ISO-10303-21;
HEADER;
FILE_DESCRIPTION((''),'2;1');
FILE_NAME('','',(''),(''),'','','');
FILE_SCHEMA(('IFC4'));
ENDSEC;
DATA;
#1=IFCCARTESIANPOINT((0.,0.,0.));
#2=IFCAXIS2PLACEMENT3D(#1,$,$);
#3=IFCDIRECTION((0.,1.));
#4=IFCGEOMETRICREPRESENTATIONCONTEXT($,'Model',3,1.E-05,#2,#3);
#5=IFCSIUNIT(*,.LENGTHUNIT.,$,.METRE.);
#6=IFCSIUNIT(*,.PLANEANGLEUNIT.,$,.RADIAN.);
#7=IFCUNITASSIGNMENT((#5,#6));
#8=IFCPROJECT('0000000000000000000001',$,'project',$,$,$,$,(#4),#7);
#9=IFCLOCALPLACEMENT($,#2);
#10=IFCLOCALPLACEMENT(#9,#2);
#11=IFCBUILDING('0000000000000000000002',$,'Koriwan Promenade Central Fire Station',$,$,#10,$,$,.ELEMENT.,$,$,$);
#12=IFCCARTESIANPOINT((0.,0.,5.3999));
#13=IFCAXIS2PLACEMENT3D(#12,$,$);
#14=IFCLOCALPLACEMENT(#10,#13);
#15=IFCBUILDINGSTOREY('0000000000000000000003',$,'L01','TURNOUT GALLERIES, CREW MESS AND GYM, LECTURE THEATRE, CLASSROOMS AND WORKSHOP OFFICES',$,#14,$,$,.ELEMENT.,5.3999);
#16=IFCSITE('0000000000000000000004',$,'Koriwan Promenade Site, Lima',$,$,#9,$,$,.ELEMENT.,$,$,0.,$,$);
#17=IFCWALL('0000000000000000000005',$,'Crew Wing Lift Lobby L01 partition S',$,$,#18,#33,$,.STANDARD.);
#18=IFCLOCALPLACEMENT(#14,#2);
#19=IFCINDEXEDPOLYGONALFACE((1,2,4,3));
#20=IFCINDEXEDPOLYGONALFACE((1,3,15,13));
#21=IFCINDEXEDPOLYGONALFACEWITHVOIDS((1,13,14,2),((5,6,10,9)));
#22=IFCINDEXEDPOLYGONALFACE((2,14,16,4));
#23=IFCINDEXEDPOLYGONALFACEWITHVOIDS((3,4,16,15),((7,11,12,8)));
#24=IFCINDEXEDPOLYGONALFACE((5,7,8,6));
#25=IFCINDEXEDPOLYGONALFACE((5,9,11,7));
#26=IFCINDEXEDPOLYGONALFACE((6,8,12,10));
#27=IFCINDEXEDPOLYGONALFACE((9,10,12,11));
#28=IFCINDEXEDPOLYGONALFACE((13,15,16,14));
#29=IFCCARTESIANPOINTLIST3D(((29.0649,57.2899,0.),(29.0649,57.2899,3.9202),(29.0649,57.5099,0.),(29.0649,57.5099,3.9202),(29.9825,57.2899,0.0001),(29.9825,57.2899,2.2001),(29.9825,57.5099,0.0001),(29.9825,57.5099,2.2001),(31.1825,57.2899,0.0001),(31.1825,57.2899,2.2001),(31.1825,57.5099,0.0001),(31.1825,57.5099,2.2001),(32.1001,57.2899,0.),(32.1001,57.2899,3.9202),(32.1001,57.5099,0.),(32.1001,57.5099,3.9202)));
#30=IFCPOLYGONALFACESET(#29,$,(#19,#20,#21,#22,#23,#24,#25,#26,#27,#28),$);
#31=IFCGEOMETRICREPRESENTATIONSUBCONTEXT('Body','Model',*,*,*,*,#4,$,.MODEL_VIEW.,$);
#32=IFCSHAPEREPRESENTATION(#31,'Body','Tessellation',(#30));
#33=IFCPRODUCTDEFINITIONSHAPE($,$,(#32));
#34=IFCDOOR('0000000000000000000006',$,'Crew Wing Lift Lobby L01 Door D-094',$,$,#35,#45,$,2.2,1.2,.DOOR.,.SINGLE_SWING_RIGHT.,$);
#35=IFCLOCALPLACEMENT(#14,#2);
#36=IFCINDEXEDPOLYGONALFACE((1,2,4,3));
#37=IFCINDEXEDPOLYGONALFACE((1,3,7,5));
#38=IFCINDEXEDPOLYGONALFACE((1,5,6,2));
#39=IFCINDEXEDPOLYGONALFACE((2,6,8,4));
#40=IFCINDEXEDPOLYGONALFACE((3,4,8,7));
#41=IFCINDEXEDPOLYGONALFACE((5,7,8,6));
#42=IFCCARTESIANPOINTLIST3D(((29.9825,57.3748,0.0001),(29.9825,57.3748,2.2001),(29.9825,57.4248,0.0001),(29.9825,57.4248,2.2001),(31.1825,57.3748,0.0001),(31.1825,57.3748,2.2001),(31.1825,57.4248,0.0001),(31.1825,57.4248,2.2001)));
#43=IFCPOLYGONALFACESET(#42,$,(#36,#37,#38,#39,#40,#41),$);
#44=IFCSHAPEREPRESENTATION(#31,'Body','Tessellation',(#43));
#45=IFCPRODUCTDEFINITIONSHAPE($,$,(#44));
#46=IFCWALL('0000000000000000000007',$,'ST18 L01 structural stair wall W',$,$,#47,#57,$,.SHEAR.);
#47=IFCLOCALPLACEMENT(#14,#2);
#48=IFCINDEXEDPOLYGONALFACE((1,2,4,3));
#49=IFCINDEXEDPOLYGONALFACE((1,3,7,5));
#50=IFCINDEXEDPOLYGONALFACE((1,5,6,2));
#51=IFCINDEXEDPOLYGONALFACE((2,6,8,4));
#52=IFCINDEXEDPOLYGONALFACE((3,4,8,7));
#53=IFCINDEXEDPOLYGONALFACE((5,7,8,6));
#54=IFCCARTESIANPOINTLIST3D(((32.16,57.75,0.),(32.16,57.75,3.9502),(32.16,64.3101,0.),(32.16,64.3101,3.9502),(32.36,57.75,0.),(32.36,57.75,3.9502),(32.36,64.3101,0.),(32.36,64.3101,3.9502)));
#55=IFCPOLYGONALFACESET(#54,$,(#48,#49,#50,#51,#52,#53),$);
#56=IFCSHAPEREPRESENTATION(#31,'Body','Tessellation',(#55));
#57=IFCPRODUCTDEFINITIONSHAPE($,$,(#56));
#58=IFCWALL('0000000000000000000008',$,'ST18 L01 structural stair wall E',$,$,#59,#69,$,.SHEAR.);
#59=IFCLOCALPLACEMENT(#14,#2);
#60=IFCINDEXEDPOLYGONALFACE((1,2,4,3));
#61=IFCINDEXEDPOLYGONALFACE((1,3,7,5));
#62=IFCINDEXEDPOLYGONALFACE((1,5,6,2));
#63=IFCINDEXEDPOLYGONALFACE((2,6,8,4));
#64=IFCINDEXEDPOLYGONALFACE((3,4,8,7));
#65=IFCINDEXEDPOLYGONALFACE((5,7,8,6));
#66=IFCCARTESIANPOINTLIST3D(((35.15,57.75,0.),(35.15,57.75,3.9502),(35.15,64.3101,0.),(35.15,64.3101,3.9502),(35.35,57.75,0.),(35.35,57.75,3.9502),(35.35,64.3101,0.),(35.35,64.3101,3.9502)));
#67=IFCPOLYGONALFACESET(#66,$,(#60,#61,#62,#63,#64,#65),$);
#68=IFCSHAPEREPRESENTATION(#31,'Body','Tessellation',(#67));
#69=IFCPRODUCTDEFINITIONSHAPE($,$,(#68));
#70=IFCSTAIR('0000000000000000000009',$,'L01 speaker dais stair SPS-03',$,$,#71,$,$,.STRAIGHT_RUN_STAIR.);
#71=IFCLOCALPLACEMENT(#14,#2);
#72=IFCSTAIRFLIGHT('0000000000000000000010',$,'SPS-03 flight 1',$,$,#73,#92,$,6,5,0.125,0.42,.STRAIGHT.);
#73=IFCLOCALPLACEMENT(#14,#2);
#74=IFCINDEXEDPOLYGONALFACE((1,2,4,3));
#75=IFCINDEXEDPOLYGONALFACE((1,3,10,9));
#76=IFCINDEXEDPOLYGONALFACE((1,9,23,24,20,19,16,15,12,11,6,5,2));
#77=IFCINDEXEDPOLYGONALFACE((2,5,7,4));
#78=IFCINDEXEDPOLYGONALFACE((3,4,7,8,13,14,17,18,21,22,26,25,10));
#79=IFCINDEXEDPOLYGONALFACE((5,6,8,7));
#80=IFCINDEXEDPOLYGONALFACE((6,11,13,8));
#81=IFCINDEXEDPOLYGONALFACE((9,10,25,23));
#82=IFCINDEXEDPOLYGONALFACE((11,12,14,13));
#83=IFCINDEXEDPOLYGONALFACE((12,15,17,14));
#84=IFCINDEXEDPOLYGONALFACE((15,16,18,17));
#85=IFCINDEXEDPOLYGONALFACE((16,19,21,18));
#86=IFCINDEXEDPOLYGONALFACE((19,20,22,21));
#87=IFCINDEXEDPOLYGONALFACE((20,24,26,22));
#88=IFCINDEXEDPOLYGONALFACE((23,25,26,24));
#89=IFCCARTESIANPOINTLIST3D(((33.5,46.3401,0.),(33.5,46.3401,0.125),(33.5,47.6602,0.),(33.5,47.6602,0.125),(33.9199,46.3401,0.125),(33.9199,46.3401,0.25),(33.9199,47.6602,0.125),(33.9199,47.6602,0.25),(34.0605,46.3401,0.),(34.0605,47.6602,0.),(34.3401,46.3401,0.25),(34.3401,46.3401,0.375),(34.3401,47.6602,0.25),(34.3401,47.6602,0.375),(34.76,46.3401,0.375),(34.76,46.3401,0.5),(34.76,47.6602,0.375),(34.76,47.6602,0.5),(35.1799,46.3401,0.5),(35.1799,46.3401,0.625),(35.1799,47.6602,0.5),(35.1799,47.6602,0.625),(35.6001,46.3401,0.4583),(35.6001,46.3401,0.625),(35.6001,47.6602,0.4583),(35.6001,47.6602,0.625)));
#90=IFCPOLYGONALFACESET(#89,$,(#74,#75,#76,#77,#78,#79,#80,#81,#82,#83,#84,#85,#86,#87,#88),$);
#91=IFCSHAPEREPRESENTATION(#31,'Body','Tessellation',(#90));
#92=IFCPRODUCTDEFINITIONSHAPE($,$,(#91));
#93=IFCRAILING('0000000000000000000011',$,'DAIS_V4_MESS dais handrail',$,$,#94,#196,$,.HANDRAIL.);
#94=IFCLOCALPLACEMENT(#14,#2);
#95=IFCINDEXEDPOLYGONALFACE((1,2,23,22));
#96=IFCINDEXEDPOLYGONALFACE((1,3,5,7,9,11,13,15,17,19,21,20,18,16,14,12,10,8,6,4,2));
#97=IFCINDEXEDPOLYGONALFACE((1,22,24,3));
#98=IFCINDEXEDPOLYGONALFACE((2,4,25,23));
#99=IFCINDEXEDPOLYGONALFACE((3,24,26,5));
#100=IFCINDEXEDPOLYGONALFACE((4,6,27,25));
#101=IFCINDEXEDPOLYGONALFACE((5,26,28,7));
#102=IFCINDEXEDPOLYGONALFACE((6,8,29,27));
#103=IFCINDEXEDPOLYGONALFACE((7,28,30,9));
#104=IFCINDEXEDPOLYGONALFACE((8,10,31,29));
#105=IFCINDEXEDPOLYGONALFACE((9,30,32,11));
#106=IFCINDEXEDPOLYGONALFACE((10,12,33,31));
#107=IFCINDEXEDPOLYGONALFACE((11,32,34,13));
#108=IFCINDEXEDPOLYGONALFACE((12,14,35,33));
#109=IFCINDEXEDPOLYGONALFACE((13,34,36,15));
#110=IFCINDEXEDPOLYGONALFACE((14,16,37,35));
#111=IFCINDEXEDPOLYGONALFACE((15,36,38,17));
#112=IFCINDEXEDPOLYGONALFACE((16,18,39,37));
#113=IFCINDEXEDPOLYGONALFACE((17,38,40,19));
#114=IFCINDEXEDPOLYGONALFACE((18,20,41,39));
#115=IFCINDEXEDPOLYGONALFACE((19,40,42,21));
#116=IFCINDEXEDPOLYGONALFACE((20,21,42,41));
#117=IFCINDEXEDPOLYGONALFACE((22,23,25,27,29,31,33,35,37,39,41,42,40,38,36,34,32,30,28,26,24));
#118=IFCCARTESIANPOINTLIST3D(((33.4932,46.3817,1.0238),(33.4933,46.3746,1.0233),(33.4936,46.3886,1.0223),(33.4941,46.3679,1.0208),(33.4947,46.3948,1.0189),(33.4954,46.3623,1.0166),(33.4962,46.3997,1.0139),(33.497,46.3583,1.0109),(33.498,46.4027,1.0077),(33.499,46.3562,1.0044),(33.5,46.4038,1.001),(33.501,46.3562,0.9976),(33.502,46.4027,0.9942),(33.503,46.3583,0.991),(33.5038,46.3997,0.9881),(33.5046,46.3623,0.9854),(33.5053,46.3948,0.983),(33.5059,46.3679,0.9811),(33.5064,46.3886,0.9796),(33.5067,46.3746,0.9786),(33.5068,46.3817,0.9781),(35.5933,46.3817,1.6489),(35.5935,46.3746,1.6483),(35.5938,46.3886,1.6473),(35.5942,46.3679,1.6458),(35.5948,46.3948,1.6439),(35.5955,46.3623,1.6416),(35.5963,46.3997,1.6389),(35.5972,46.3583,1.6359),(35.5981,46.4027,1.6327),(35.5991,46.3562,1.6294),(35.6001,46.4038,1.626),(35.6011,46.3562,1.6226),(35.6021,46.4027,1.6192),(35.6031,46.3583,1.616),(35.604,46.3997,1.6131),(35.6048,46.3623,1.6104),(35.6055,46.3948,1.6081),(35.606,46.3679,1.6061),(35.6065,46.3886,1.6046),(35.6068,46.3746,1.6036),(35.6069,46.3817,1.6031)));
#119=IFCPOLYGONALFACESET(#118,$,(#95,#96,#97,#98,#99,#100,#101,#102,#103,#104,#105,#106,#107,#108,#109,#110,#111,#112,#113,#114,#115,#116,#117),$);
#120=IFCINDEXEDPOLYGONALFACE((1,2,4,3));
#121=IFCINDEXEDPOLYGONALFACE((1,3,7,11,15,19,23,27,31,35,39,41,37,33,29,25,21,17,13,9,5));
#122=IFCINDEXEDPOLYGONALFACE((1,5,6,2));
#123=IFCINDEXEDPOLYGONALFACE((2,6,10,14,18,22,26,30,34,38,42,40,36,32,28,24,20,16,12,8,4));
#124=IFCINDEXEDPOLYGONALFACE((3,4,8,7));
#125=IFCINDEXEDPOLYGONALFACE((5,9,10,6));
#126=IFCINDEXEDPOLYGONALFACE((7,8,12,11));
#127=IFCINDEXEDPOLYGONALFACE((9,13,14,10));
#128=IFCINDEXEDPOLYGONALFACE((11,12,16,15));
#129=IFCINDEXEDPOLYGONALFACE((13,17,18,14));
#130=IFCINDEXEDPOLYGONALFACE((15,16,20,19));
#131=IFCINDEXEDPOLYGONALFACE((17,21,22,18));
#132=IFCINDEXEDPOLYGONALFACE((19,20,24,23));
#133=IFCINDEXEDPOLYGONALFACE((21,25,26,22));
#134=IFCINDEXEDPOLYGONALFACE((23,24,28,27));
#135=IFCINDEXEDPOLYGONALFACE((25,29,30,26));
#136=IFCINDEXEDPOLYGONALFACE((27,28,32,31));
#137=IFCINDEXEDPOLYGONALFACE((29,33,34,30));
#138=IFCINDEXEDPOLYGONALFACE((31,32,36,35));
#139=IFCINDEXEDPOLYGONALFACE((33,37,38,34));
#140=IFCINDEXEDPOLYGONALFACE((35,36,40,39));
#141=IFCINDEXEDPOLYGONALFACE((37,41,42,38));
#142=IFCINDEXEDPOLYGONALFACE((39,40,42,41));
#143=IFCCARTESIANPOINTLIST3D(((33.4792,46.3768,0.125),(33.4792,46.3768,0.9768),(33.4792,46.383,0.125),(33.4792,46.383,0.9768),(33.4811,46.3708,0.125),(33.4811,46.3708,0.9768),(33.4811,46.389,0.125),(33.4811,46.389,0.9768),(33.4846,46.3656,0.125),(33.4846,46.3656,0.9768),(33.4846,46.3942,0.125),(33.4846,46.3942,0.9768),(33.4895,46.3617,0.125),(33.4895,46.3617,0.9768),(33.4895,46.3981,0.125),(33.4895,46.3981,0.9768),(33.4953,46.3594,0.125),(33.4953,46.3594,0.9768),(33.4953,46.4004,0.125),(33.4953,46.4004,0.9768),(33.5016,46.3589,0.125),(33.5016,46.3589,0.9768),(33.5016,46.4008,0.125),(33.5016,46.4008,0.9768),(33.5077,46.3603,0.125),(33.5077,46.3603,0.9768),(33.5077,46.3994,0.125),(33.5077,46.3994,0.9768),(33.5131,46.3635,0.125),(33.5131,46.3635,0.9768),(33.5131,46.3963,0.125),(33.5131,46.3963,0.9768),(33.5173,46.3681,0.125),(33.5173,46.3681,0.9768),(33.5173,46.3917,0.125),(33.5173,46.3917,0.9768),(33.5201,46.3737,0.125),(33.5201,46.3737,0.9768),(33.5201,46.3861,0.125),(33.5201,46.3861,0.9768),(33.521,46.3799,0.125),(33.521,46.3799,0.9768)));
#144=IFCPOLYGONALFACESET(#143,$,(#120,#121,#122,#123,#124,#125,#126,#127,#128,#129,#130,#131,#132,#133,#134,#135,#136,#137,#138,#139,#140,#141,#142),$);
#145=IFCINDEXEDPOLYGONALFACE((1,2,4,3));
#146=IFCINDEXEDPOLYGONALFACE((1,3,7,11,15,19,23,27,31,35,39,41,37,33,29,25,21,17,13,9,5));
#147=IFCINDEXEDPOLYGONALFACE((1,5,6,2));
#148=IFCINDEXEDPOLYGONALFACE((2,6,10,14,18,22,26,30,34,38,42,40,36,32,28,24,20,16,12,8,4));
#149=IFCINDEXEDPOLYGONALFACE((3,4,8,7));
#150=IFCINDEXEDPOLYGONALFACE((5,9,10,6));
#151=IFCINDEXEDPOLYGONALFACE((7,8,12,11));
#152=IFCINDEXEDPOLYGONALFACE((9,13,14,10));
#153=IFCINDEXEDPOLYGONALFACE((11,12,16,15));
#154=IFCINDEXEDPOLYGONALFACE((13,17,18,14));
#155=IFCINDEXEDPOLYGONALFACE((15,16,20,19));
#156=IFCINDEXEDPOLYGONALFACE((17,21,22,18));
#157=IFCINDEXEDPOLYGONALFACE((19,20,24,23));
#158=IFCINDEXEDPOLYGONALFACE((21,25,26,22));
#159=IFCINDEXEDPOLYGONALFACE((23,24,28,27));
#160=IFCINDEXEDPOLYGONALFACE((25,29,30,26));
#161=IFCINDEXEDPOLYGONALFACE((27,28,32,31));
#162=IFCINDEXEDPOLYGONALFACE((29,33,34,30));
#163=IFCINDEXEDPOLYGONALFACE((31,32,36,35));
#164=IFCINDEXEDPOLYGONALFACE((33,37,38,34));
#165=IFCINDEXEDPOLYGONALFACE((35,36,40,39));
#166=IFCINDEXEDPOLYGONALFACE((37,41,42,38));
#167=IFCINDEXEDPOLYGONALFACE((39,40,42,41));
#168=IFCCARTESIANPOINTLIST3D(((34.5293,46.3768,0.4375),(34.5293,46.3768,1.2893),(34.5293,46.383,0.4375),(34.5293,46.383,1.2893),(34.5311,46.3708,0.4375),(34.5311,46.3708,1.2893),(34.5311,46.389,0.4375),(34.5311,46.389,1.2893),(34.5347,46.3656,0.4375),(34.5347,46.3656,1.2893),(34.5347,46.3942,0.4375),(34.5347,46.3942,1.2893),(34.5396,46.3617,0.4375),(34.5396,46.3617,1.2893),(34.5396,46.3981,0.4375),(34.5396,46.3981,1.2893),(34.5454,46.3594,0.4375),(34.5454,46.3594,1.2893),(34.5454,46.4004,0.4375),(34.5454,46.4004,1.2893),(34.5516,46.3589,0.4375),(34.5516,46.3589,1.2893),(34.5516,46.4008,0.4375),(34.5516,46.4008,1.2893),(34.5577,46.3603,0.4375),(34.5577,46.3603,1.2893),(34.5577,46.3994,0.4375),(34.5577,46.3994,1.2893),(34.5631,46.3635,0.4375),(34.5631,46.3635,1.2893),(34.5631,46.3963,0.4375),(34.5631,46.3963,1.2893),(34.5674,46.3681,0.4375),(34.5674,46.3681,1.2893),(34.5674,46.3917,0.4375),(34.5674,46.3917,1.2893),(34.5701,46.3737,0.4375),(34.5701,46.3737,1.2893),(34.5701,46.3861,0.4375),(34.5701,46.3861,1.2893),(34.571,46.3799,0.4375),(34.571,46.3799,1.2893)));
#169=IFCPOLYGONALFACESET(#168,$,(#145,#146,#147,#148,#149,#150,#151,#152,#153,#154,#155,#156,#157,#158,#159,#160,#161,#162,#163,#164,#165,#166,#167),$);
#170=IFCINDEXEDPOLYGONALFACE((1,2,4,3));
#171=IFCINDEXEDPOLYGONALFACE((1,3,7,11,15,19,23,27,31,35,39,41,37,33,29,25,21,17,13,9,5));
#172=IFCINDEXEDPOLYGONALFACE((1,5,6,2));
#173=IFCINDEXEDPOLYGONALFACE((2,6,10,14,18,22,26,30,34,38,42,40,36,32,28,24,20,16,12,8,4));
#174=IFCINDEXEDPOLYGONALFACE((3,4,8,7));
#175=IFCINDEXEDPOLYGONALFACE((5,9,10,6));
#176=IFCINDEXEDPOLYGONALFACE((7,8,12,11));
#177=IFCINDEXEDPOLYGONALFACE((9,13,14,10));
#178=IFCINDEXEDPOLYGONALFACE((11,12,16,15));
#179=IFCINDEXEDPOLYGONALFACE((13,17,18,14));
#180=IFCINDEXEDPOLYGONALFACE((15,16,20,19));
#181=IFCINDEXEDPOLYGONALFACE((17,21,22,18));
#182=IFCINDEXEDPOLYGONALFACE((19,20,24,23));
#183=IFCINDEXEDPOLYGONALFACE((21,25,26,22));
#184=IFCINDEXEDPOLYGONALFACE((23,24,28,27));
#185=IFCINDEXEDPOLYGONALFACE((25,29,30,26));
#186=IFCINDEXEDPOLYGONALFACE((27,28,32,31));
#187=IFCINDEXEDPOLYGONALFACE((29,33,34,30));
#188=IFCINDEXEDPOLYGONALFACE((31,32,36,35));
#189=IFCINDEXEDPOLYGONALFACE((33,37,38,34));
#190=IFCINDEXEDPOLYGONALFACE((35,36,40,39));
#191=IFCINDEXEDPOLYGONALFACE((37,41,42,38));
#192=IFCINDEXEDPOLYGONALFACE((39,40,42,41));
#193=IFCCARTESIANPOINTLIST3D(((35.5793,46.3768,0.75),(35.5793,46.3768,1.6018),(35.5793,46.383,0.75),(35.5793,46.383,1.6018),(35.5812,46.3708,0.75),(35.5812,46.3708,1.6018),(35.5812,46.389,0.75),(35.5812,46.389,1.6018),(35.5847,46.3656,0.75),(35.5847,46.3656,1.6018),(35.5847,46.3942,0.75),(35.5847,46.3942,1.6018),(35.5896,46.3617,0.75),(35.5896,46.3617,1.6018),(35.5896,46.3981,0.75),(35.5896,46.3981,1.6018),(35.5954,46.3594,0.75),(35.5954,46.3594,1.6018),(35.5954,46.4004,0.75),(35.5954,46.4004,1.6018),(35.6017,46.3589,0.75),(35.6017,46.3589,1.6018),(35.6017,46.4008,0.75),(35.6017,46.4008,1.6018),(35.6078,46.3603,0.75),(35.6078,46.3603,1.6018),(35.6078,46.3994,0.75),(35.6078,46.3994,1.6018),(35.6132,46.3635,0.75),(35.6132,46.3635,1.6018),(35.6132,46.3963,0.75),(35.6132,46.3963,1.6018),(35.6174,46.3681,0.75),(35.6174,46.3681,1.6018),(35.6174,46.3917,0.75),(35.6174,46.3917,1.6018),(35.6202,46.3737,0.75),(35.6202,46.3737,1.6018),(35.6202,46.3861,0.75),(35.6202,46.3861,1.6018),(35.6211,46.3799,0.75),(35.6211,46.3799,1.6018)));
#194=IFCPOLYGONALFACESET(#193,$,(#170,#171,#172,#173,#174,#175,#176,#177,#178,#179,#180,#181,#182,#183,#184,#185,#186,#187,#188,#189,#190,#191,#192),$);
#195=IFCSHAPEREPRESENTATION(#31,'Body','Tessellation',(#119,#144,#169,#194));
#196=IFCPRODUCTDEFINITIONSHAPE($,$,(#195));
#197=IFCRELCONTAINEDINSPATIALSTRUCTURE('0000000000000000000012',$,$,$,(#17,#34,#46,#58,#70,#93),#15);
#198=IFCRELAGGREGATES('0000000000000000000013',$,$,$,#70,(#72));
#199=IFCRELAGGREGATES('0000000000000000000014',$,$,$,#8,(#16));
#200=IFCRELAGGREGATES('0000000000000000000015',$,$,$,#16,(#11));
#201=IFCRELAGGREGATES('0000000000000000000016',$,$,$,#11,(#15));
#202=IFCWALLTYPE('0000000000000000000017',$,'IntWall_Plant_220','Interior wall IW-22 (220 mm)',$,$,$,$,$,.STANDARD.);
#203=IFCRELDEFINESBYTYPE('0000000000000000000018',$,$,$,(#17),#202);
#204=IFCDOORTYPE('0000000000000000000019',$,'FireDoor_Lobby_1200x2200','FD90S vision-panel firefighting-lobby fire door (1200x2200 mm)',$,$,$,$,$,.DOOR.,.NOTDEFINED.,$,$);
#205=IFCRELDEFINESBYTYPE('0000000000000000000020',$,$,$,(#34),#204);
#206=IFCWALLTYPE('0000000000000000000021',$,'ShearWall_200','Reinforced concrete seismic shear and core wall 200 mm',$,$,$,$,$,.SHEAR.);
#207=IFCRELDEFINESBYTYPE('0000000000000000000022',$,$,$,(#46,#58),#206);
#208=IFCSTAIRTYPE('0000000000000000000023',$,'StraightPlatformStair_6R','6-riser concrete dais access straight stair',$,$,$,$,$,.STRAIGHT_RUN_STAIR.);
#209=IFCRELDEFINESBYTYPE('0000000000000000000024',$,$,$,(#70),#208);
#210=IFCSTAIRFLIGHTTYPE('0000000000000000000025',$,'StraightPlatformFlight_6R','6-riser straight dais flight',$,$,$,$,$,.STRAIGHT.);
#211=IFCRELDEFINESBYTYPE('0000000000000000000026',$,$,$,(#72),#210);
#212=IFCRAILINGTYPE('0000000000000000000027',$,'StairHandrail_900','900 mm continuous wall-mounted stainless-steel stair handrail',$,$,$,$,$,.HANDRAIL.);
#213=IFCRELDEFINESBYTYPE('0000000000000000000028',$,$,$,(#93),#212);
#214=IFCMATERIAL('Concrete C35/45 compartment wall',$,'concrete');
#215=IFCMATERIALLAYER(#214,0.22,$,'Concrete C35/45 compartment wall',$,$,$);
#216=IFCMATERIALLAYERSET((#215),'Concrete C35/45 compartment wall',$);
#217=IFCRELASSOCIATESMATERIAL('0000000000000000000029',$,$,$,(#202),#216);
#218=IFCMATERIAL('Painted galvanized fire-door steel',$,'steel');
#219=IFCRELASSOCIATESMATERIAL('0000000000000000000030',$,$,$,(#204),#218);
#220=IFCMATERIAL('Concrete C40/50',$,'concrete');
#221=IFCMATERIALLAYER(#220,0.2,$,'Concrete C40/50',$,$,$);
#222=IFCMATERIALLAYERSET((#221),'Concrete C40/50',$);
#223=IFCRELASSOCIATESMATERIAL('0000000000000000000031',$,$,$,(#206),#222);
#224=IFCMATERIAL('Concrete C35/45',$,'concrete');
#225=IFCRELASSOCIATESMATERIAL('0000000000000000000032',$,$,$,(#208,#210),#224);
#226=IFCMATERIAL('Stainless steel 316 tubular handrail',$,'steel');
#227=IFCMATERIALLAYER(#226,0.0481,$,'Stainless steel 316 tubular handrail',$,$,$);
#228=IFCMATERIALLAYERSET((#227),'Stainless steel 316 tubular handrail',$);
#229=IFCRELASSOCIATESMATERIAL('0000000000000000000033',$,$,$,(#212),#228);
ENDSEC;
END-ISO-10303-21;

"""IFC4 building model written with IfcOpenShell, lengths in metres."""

from ifc_helpers import new_model, si_unit, direction, frame, frame_2d, origin, origin_2d, place, context, subcontext, project, spatial, polyline, rectangle, circle, outline, extrude, material, layer, layer_set, type_object, element, fill, aggregate, save


model = new_model("IFC4")

# Units and contexts
model_context = context("Model", 3, precision=1e-05, world=origin(), true_north=direction((0.0, 1.0)))
body_context = subcontext(model_context, "Body", "Model", "MODEL_VIEW")
ifc_project = project(units=[si_unit("LENGTHUNIT", "METRE"), si_unit("PLANEANGLEUNIT", "RADIAN")], contexts=[model_context])

# Site, building, storey
site_placement = place(None, origin())
site = spatial("IfcSite", under=ifc_project, at=site_placement, Name="Koriwan Promenade Site, Lima", CompositionType="ELEMENT", RefElevation=0.0)
building_placement = place(site_placement, origin())
building = spatial("IfcBuilding", under=site, at=building_placement, Name="Koriwan Promenade Central Fire Station", CompositionType="ELEMENT")
storey_placement = place(building_placement, frame((0.0, 0.0, 5.3999)))
storey = spatial("IfcBuildingStorey", under=building, at=storey_placement, Name="L01", Description="TURNOUT GALLERIES, CREW MESS AND GYM, LECTURE THEATRE, CLASSROOMS AND WORKSHOP OFFICES", CompositionType="ELEMENT", Elevation=5.3999)

# Shared definitions
ifc_material_1 = material(Name="Concrete C35/45", Category="concrete")

# Wall, opening, door
ifc_material_2 = material(Name="Concrete C35/45 compartment wall", Category="concrete")
ifc_layer_1 = layer(ifc_material_2, 0.22, Name="Concrete C35/45 compartment wall")
ifc_layer_set_1 = layer_set([ifc_layer_1], Name="Concrete C35/45 compartment wall")
wall_type_1 = type_object("IfcWallType", Name="IntWall_Plant_220", Description="Interior wall IW-22 (220 mm)", PredefinedType="STANDARD", material=ifc_layer_set_1)
wall_1_placement = place(storey_placement, frame((29.0649, 57.3999, 0.0), z_axis=(0.0, 0.0, 1.0), x_axis=(1.0, 0.0, 0.0)))
wall_1 = element("IfcWall", 1, at=wall_1_placement, inside=storey, type_object=wall_type_1, Name="Crew Wing Lift Lobby L01 partition S", PredefinedType="STANDARD", context=body_context, shape_type="SweptSolid", body=[
    extrude(rectangle(XDim=3.0352, YDim=0.22, at=frame_2d((1.5176, 0.0))), origin(), (0.0, 0.0, 1.0), 3.9202),
])
opening_1_placement = place(wall_1_placement, frame((0.9175, 0.0, 0.0)))
opening_1 = element("IfcOpeningElement", 2, at=opening_1_placement, cuts=wall_1, PredefinedType="OPENING", context=body_context, shape_type="SweptSolid", body=[
    extrude(rectangle(XDim=1.2, YDim=2.2, at=frame_2d((0.6001, 1.1001))), frame((0.0, 0.1221, 0.0), z_axis=(0.0, -1.0, 0.0), x_axis=(1.0, 0.0, 0.0)), (0.0, 0.0, 1.0), 0.2439),
])
ifc_material_3 = material(Name="Painted galvanized fire-door steel", Category="steel")
door_type_1 = type_object("IfcDoorType", Name="FireDoor_Lobby_1200x2200", Description="FD90S vision-panel firefighting-lobby fire door (1200x2200 mm)", OperationType="NOTDEFINED", PredefinedType="DOOR", material=ifc_material_3)
door_1_placement = place(opening_1_placement, origin())
door_1 = element("IfcDoor", 3, at=door_1_placement, inside=storey, type_object=door_type_1, Name="Crew Wing Lift Lobby L01 Door D-094", OperationType="SINGLE_SWING_RIGHT", OverallHeight=2.2, OverallWidth=1.2, PredefinedType="DOOR", context=body_context, shape_type="SweptSolid", body=[
    extrude(rectangle(XDim=1.2, YDim=2.2, at=frame_2d((0.6001, 1.1001))), frame((0.0, 0.0249, 0.0), z_axis=(0.0, -1.0, 0.0), x_axis=(1.0, 0.0, 0.0)), (0.0, 0.0, 1.0), 0.05),
])
fill(opening_1, door_1)
ifc_material_4 = material(Name="Concrete C40/50", Category="concrete")
ifc_layer_2 = layer(ifc_material_4, 0.2, Name="Concrete C40/50")
ifc_layer_set_2 = layer_set([ifc_layer_2], Name="Concrete C40/50")
wall_type_2 = type_object("IfcWallType", Name="ShearWall_200", Description="Reinforced concrete seismic shear and core wall 200 mm", PredefinedType="SHEAR", material=ifc_layer_set_2)

# Walls
for number, where, z_axis, x_axis, name in (
    (4, (32.26, 57.75, 0.0), (0.0, 0.0, 1.0), (0.0, 1.0, 0.0), "ST18 L01 structural stair wall W"),
    (5, (35.25, 57.75, 0.0), (0.0, 0.0, 1.0), (0.0, 1.0, 0.0), "ST18 L01 structural stair wall E"),
):
    element("IfcWall", number, at=place(storey_placement, frame(where, z_axis=z_axis, x_axis=x_axis)), inside=storey, type_object=wall_type_2, Name=name, PredefinedType="SHEAR", context=body_context, shape_type="SweptSolid", body=[
        extrude(rectangle(XDim=6.5601, YDim=0.2, at=frame_2d((3.28, 0.0))), origin(), (0.0, 0.0, 1.0), 3.9502),
    ])

# Stair, stair flight
stair_type = type_object("IfcStairType", Name="StraightPlatformStair_6R", Description="6-riser concrete dais access straight stair", PredefinedType="STRAIGHT_RUN_STAIR", material=ifc_material_1)
stair_placement = place(storey_placement, origin())
stair = element("IfcStair", 6, at=stair_placement, inside=storey, type_object=stair_type, Name="L01 speaker dais stair SPS-03", PredefinedType="STRAIGHT_RUN_STAIR")
stair_flight_type = type_object("IfcStairFlightType", Name="StraightPlatformFlight_6R", Description="6-riser straight dais flight", PredefinedType="STRAIGHT", material=ifc_material_1)
stair_flight_placement = place(storey_placement, frame((33.5, 47.0, 0.0), z_axis=(0.0, 0.0, 1.0), x_axis=(1.0, 0.0, 0.0)))
stair_flight = element("IfcStairFlight", 7, at=stair_flight_placement, type_object=stair_flight_type, Name="SPS-03 flight 1", NumberOfRisers=6, NumberOfTreads=5, PredefinedType="STRAIGHT", RiserHeight=0.125, TreadLength=0.42, context=body_context, shape_type="SweptSolid", body=[
    extrude(outline(polyline([(0.0, 0.0), (0.0, 0.125), (0.4199, 0.125), (0.4199, 0.25), (0.8401, 0.25), (0.8401, 0.375), (1.26, 0.375), (1.26, 0.5), (1.6799, 0.5), (1.6799, 0.625), (2.1001, 0.625), (2.1001, 0.75), (2.1001, 0.4583), (0.5605, 0.0), (0.0, 0.0)])), frame((0.0, 0.6602, 0.0), z_axis=(0.0, -1.0, 0.0), x_axis=(1.0, 0.0, 0.0)), (0.0, 0.0, 1.0), 1.3201),
])
aggregate(stair, [stair_flight])

# Railing
ifc_material_5 = material(Name="Stainless steel 316 tubular handrail", Category="steel")
ifc_layer_3 = layer(ifc_material_5, 0.0481, Name="Stainless steel 316 tubular handrail")
ifc_layer_set_3 = layer_set([ifc_layer_3], Name="Stainless steel 316 tubular handrail")
railing_type = type_object("IfcRailingType", Name="StairHandrail_900", Description="900 mm continuous wall-mounted stainless-steel stair handrail", PredefinedType="HANDRAIL", material=ifc_layer_set_3)
railing_placement = place(storey_placement, frame((33.5, 46.3799, 0.125)))
element("IfcRailing", 8, at=railing_placement, inside=storey, type_object=railing_type, Name="DAIS_V4_MESS dais handrail", PredefinedType="HANDRAIL", context=body_context, shape_type="SweptSolid", body=[
    extrude(circle(Radius=0.0239, at=origin_2d()), frame((0.0, 0.0, 0.876), z_axis=(0.958456, 0.0, 0.285241), x_axis=(0.0, 1.0, 0.0)), (0.0, 0.0, 1.0), 2.1912),
    extrude(circle(Radius=0.021, at=origin_2d()), origin(), (0.0, 0.0, 1.0), 0.8518),
    extrude(circle(Radius=0.021, at=origin_2d()), frame((1.05, 0.0, 0.3125)), (0.0, 0.0, 1.0), 0.8518),
    extrude(circle(Radius=0.021, at=origin_2d()), frame((2.1001, 0.0, 0.625)), (0.0, 0.0, 1.0), 0.8518),
])

save(model, "model.ifc")
